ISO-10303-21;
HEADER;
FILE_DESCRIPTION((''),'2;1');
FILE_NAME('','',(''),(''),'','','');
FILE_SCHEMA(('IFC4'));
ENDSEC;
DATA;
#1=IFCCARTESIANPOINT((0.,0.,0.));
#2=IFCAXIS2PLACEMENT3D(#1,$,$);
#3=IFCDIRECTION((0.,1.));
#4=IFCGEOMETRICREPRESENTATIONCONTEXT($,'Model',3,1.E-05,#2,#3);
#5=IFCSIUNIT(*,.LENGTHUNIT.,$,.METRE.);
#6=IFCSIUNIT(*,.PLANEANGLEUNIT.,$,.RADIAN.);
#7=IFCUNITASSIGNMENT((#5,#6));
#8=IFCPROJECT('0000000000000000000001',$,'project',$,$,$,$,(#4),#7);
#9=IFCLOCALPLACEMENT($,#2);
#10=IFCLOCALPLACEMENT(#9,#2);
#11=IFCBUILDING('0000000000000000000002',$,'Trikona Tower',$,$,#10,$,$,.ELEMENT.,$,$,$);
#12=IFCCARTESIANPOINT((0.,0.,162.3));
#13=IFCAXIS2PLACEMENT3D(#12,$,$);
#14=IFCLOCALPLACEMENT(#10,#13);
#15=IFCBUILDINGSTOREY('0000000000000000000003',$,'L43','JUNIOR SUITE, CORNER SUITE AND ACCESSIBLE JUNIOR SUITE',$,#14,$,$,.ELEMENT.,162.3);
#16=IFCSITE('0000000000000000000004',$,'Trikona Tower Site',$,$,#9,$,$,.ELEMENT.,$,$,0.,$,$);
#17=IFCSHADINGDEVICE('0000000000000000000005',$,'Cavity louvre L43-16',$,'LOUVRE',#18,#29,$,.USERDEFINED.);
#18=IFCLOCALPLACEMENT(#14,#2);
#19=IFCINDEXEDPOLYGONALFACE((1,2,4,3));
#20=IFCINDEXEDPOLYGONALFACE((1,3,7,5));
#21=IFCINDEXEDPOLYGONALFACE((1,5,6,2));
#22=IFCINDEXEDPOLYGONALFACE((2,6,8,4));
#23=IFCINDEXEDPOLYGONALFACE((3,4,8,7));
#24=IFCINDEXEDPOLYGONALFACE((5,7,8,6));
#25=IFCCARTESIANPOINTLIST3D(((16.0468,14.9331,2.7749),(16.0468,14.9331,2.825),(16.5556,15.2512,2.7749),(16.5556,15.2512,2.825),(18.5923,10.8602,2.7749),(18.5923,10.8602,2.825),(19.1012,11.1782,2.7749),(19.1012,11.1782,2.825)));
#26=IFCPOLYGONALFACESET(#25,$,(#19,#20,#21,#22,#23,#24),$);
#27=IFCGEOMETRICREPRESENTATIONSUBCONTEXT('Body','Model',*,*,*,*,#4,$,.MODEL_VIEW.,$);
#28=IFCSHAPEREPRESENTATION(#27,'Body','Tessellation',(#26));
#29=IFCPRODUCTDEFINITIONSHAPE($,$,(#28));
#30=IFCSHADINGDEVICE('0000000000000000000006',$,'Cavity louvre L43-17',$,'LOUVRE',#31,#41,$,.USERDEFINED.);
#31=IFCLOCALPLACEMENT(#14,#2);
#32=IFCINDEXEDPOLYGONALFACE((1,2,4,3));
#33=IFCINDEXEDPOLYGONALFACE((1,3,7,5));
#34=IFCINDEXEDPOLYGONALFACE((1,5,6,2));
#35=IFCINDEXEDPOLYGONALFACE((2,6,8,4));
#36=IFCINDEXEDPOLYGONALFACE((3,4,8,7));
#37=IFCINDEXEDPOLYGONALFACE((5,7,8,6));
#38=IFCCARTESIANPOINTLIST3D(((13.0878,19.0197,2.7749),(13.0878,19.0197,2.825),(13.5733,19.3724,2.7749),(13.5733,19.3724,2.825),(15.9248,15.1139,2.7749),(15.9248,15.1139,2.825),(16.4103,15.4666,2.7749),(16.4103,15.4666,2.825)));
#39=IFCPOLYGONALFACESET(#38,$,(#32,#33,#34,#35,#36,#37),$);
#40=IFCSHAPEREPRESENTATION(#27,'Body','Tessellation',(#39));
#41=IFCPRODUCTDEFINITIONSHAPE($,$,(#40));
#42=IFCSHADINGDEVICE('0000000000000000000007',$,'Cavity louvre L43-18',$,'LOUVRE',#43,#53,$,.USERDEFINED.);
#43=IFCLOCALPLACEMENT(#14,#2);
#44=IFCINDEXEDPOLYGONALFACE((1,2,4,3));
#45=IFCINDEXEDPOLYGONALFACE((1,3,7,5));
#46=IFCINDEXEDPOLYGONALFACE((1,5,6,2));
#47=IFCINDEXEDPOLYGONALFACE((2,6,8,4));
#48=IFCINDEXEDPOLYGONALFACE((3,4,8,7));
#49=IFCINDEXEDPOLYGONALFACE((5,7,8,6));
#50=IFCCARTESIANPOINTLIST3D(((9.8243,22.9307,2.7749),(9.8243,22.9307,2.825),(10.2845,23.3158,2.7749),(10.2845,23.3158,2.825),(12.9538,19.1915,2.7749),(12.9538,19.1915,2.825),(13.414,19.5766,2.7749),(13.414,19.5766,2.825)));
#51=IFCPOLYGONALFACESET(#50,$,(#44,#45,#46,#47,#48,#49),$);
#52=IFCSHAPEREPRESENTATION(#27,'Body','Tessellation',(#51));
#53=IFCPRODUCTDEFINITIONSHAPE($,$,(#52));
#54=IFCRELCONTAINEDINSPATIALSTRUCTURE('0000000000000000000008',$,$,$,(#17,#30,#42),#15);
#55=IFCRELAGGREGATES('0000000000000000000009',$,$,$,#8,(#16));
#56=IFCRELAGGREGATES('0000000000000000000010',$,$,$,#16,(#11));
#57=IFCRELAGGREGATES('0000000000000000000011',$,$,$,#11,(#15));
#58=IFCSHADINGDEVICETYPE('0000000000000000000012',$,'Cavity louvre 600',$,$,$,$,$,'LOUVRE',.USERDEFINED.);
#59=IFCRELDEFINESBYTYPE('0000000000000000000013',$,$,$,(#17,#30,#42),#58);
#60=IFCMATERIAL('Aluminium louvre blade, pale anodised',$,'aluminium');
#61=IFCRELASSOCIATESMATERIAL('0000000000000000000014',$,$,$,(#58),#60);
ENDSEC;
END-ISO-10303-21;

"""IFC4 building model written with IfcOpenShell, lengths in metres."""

from ifc_helpers import new_model, si_unit, direction, frame, origin, origin_2d, place, context, subcontext, project, spatial, rectangle, extrude, material, type_object, element, save


model = new_model("IFC4")

# Units and contexts
model_context = context("Model", 3, precision=1e-05, world=origin(), true_north=direction((0.0, 1.0)))
body_context = subcontext(model_context, "Body", "Model", "MODEL_VIEW")
ifc_project = project(units=[si_unit("LENGTHUNIT", "METRE"), si_unit("PLANEANGLEUNIT", "RADIAN")], contexts=[model_context])

# Site, building, storey
site_placement = place(None, origin())
site = spatial("IfcSite", under=ifc_project, at=site_placement, Name="Trikona Tower Site", CompositionType="ELEMENT", RefElevation=0.0)
building_placement = place(site_placement, origin())
building = spatial("IfcBuilding", under=site, at=building_placement, Name="Trikona Tower", CompositionType="ELEMENT")
storey_placement = place(building_placement, frame((0.0, 0.0, 162.3)))
storey = spatial("IfcBuildingStorey", under=building, at=storey_placement, Name="L43", Description="JUNIOR SUITE, CORNER SUITE AND ACCESSIBLE JUNIOR SUITE", CompositionType="ELEMENT", Elevation=162.3)

# Shading devices
ifc_material_1 = material(Name="Aluminium louvre blade, pale anodised", Category="aluminium")
shading_device_type = type_object("IfcShadingDeviceType", Name="Cavity louvre 600", ElementType="LOUVRE", PredefinedType="USERDEFINED", material=ifc_material_1)
shading_device_1_placement = place(storey_placement, frame((17.574, 13.0557, 2.7749), z_axis=(0.0, 0.0, 1.0), x_axis=(-0.529995, 0.848001, 0.0)))
element("IfcShadingDevice", 1, at=shading_device_1_placement, inside=storey, type_object=shading_device_type, Name="Cavity louvre L43-16", ObjectType="LOUVRE", PredefinedType="USERDEFINED", context=body_context, shape_type="SweptSolid", body=[
    extrude(rectangle(XDim=4.803, YDim=0.6001, at=origin_2d()), origin(), (0.0, 0.0, 1.0), 0.05),
])
shading_device_2_placement = place(storey_placement, frame((14.749, 17.2432, 2.7749), z_axis=(0.0, 0.0, 1.0), x_axis=(-0.587686, 0.809089, 0.0)))
element("IfcShadingDevice", 2, at=shading_device_2_placement, inside=storey, type_object=shading_device_type, Name="Cavity louvre L43-17", ObjectType="LOUVRE", PredefinedType="USERDEFINED", context=body_context, shape_type="SweptSolid", body=[
    extrude(rectangle(XDim=4.8274, YDim=0.6001, at=origin_2d()), origin(), (0.0, 0.0, 1.0), 0.05),
])
shading_device_3_placement = place(storey_placement, frame((11.6191, 21.2537, 2.7749), z_axis=(0.0, 0.0, 1.0), x_axis=(-0.641807, 0.766866, 0.0)))
element("IfcShadingDevice", 3, at=shading_device_3_placement, inside=storey, type_object=shading_device_type, Name="Cavity louvre L43-18", ObjectType="LOUVRE", PredefinedType="USERDEFINED", context=body_context, shape_type="SweptSolid", body=[
    extrude(rectangle(XDim=4.876, YDim=0.6001, at=origin_2d()), origin(), (0.0, 0.0, 1.0), 0.05),
])

save(model, "model.ifc")
